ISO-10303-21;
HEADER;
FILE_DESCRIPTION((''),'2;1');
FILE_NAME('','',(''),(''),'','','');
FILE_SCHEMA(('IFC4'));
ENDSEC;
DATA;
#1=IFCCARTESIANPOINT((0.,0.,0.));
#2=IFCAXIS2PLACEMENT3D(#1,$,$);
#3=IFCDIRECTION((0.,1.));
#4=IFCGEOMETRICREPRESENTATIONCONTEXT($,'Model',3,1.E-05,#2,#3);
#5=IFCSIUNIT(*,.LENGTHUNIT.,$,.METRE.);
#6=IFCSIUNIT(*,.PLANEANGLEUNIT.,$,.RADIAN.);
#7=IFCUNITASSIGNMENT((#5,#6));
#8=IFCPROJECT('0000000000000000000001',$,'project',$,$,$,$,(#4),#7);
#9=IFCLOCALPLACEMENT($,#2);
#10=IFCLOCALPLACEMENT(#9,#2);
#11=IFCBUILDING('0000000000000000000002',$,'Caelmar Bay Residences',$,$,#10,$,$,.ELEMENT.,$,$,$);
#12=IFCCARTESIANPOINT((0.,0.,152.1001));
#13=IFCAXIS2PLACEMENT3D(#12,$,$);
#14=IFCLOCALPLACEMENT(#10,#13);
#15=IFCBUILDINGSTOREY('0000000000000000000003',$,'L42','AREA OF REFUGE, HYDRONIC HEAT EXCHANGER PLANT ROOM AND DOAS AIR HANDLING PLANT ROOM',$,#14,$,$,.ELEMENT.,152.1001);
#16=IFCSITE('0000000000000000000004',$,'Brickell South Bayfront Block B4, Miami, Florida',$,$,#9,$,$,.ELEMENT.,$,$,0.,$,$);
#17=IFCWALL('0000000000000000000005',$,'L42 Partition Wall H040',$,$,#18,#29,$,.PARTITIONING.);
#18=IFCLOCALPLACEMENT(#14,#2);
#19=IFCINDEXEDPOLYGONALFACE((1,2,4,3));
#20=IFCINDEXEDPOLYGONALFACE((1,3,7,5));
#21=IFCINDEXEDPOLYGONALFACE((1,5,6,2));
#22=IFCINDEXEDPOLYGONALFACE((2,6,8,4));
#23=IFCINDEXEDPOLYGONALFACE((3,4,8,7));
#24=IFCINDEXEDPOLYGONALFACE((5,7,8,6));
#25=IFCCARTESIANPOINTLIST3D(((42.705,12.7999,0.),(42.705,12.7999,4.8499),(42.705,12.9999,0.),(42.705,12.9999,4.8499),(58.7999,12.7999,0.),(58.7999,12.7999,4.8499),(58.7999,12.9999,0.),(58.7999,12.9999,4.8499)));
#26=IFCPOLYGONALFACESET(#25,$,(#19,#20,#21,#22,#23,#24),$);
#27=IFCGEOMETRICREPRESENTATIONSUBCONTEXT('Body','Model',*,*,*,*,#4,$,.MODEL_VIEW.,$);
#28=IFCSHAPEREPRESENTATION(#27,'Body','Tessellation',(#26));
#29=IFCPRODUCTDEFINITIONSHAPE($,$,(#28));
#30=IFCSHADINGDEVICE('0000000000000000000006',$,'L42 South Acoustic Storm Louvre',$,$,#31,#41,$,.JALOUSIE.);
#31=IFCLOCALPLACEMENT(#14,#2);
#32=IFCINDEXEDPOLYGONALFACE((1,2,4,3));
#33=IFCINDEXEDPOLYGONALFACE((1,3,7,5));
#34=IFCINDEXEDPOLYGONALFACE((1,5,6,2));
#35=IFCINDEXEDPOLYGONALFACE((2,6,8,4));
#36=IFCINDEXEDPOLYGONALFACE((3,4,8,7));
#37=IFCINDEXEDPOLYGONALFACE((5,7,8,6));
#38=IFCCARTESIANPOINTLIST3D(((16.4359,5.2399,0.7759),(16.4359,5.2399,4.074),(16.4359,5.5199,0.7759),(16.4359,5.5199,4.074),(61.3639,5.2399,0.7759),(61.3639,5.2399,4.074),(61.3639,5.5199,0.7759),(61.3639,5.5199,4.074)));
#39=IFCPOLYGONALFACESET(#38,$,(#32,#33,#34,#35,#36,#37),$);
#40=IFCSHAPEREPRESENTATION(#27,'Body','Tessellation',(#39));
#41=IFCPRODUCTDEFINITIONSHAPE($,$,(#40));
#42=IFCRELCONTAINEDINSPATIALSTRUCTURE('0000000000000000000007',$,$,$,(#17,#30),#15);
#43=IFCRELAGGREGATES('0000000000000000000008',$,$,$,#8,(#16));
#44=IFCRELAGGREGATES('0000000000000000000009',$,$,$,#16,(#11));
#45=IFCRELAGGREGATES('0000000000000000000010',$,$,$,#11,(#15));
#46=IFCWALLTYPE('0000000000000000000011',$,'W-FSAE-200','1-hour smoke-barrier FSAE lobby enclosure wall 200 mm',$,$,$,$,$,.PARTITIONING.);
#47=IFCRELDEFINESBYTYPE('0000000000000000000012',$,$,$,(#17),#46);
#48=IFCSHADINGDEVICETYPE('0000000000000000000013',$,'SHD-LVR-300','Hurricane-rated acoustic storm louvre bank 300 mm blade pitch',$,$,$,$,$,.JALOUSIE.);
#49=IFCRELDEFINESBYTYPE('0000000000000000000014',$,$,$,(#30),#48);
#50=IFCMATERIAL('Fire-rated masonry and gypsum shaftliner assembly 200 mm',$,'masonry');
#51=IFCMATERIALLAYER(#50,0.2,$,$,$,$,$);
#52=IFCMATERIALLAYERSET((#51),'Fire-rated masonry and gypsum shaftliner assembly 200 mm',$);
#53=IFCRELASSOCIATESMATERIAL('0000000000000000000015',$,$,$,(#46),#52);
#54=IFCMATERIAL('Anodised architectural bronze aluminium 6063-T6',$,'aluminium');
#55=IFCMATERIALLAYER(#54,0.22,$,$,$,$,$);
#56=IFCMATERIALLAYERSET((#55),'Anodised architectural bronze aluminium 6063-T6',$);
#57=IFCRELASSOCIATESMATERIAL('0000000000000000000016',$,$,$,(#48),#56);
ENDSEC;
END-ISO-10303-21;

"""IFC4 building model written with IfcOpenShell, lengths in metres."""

from ifc_helpers import new_model, si_unit, direction, frame, frame_2d, origin, origin_2d, place, context, subcontext, project, spatial, rectangle, extrude, material, layer, layer_set, type_object, element, save


model = new_model("IFC4")

# Units and contexts
model_context = context("Model", 3, precision=1e-05, world=origin(), true_north=direction((0.0, 1.0)))
body_context = subcontext(model_context, "Body", "Model", "MODEL_VIEW")
ifc_project = project(units=[si_unit("LENGTHUNIT", "METRE"), si_unit("PLANEANGLEUNIT", "RADIAN")], contexts=[model_context])

# Site, building, storey
site_placement = place(None, origin())
site = spatial("IfcSite", under=ifc_project, at=site_placement, Name="Brickell South Bayfront Block B4, Miami, Florida", CompositionType="ELEMENT", RefElevation=0.0)
building_placement = place(site_placement, origin())
building = spatial("IfcBuilding", under=site, at=building_placement, Name="Caelmar Bay Residences", CompositionType="ELEMENT")
storey_placement = place(building_placement, frame((0.0, 0.0, 152.1001)))
storey = spatial("IfcBuildingStorey", under=building, at=storey_placement, Name="L42", Description="AREA OF REFUGE, HYDRONIC HEAT EXCHANGER PLANT ROOM AND DOAS AIR HANDLING PLANT ROOM", CompositionType="ELEMENT", Elevation=152.1001)

# Wall
ifc_material_1 = material(Name="Fire-rated masonry and gypsum shaftliner assembly 200 mm", Category="masonry")
ifc_layer_1 = layer(ifc_material_1, 0.2)
ifc_layer_set_1 = layer_set([ifc_layer_1], Name="Fire-rated masonry and gypsum shaftliner assembly 200 mm")
wall_type_1 = type_object("IfcWallType", Name="W-FSAE-200", Description="1-hour smoke-barrier FSAE lobby enclosure wall 200 mm", PredefinedType="PARTITIONING", material=ifc_layer_set_1)
wall_1_placement = place(storey_placement, frame((42.7051, 12.8999, 0.0), z_axis=(0.0, 0.0, 1.0), x_axis=(1.0, 0.0, 0.0)))
element("IfcWall", 1, at=wall_1_placement, inside=storey, type_object=wall_type_1, Name="L42 Partition Wall H040", PredefinedType="PARTITIONING", context=body_context, shape_type="SweptSolid", body=[
    extrude(rectangle(XDim=16.095, YDim=0.2, at=frame_2d((8.0474, 0.0))), origin(), (0.0, 0.0, 1.0), 4.8499),
])

# Shading device
ifc_material_2 = material(Name="Anodised architectural bronze aluminium 6063-T6", Category="aluminium")
ifc_layer_2 = layer(ifc_material_2, 0.22)
ifc_layer_set_2 = layer_set([ifc_layer_2], Name="Anodised architectural bronze aluminium 6063-T6")
shading_device_type = type_object("IfcShadingDeviceType", Name="SHD-LVR-300", Description="Hurricane-rated acoustic storm louvre bank 300 mm blade pitch", PredefinedType="JALOUSIE", material=ifc_layer_set_2)
shading_device_placement = place(storey_placement, frame((38.8999, 5.3799, 0.7759), z_axis=(0.0, 0.0, 1.0), x_axis=(1.0, 0.0, 0.0)))
element("IfcShadingDevice", 2, at=shading_device_placement, inside=storey, type_object=shading_device_type, Name="L42 South Acoustic Storm Louvre", PredefinedType="JALOUSIE", context=body_context, shape_type="SweptSolid", body=[
    extrude(rectangle(XDim=44.928, YDim=0.28, at=origin_2d()), origin(), (0.0, 0.0, 1.0), 3.2981),
])

save(model, "model.ifc")
